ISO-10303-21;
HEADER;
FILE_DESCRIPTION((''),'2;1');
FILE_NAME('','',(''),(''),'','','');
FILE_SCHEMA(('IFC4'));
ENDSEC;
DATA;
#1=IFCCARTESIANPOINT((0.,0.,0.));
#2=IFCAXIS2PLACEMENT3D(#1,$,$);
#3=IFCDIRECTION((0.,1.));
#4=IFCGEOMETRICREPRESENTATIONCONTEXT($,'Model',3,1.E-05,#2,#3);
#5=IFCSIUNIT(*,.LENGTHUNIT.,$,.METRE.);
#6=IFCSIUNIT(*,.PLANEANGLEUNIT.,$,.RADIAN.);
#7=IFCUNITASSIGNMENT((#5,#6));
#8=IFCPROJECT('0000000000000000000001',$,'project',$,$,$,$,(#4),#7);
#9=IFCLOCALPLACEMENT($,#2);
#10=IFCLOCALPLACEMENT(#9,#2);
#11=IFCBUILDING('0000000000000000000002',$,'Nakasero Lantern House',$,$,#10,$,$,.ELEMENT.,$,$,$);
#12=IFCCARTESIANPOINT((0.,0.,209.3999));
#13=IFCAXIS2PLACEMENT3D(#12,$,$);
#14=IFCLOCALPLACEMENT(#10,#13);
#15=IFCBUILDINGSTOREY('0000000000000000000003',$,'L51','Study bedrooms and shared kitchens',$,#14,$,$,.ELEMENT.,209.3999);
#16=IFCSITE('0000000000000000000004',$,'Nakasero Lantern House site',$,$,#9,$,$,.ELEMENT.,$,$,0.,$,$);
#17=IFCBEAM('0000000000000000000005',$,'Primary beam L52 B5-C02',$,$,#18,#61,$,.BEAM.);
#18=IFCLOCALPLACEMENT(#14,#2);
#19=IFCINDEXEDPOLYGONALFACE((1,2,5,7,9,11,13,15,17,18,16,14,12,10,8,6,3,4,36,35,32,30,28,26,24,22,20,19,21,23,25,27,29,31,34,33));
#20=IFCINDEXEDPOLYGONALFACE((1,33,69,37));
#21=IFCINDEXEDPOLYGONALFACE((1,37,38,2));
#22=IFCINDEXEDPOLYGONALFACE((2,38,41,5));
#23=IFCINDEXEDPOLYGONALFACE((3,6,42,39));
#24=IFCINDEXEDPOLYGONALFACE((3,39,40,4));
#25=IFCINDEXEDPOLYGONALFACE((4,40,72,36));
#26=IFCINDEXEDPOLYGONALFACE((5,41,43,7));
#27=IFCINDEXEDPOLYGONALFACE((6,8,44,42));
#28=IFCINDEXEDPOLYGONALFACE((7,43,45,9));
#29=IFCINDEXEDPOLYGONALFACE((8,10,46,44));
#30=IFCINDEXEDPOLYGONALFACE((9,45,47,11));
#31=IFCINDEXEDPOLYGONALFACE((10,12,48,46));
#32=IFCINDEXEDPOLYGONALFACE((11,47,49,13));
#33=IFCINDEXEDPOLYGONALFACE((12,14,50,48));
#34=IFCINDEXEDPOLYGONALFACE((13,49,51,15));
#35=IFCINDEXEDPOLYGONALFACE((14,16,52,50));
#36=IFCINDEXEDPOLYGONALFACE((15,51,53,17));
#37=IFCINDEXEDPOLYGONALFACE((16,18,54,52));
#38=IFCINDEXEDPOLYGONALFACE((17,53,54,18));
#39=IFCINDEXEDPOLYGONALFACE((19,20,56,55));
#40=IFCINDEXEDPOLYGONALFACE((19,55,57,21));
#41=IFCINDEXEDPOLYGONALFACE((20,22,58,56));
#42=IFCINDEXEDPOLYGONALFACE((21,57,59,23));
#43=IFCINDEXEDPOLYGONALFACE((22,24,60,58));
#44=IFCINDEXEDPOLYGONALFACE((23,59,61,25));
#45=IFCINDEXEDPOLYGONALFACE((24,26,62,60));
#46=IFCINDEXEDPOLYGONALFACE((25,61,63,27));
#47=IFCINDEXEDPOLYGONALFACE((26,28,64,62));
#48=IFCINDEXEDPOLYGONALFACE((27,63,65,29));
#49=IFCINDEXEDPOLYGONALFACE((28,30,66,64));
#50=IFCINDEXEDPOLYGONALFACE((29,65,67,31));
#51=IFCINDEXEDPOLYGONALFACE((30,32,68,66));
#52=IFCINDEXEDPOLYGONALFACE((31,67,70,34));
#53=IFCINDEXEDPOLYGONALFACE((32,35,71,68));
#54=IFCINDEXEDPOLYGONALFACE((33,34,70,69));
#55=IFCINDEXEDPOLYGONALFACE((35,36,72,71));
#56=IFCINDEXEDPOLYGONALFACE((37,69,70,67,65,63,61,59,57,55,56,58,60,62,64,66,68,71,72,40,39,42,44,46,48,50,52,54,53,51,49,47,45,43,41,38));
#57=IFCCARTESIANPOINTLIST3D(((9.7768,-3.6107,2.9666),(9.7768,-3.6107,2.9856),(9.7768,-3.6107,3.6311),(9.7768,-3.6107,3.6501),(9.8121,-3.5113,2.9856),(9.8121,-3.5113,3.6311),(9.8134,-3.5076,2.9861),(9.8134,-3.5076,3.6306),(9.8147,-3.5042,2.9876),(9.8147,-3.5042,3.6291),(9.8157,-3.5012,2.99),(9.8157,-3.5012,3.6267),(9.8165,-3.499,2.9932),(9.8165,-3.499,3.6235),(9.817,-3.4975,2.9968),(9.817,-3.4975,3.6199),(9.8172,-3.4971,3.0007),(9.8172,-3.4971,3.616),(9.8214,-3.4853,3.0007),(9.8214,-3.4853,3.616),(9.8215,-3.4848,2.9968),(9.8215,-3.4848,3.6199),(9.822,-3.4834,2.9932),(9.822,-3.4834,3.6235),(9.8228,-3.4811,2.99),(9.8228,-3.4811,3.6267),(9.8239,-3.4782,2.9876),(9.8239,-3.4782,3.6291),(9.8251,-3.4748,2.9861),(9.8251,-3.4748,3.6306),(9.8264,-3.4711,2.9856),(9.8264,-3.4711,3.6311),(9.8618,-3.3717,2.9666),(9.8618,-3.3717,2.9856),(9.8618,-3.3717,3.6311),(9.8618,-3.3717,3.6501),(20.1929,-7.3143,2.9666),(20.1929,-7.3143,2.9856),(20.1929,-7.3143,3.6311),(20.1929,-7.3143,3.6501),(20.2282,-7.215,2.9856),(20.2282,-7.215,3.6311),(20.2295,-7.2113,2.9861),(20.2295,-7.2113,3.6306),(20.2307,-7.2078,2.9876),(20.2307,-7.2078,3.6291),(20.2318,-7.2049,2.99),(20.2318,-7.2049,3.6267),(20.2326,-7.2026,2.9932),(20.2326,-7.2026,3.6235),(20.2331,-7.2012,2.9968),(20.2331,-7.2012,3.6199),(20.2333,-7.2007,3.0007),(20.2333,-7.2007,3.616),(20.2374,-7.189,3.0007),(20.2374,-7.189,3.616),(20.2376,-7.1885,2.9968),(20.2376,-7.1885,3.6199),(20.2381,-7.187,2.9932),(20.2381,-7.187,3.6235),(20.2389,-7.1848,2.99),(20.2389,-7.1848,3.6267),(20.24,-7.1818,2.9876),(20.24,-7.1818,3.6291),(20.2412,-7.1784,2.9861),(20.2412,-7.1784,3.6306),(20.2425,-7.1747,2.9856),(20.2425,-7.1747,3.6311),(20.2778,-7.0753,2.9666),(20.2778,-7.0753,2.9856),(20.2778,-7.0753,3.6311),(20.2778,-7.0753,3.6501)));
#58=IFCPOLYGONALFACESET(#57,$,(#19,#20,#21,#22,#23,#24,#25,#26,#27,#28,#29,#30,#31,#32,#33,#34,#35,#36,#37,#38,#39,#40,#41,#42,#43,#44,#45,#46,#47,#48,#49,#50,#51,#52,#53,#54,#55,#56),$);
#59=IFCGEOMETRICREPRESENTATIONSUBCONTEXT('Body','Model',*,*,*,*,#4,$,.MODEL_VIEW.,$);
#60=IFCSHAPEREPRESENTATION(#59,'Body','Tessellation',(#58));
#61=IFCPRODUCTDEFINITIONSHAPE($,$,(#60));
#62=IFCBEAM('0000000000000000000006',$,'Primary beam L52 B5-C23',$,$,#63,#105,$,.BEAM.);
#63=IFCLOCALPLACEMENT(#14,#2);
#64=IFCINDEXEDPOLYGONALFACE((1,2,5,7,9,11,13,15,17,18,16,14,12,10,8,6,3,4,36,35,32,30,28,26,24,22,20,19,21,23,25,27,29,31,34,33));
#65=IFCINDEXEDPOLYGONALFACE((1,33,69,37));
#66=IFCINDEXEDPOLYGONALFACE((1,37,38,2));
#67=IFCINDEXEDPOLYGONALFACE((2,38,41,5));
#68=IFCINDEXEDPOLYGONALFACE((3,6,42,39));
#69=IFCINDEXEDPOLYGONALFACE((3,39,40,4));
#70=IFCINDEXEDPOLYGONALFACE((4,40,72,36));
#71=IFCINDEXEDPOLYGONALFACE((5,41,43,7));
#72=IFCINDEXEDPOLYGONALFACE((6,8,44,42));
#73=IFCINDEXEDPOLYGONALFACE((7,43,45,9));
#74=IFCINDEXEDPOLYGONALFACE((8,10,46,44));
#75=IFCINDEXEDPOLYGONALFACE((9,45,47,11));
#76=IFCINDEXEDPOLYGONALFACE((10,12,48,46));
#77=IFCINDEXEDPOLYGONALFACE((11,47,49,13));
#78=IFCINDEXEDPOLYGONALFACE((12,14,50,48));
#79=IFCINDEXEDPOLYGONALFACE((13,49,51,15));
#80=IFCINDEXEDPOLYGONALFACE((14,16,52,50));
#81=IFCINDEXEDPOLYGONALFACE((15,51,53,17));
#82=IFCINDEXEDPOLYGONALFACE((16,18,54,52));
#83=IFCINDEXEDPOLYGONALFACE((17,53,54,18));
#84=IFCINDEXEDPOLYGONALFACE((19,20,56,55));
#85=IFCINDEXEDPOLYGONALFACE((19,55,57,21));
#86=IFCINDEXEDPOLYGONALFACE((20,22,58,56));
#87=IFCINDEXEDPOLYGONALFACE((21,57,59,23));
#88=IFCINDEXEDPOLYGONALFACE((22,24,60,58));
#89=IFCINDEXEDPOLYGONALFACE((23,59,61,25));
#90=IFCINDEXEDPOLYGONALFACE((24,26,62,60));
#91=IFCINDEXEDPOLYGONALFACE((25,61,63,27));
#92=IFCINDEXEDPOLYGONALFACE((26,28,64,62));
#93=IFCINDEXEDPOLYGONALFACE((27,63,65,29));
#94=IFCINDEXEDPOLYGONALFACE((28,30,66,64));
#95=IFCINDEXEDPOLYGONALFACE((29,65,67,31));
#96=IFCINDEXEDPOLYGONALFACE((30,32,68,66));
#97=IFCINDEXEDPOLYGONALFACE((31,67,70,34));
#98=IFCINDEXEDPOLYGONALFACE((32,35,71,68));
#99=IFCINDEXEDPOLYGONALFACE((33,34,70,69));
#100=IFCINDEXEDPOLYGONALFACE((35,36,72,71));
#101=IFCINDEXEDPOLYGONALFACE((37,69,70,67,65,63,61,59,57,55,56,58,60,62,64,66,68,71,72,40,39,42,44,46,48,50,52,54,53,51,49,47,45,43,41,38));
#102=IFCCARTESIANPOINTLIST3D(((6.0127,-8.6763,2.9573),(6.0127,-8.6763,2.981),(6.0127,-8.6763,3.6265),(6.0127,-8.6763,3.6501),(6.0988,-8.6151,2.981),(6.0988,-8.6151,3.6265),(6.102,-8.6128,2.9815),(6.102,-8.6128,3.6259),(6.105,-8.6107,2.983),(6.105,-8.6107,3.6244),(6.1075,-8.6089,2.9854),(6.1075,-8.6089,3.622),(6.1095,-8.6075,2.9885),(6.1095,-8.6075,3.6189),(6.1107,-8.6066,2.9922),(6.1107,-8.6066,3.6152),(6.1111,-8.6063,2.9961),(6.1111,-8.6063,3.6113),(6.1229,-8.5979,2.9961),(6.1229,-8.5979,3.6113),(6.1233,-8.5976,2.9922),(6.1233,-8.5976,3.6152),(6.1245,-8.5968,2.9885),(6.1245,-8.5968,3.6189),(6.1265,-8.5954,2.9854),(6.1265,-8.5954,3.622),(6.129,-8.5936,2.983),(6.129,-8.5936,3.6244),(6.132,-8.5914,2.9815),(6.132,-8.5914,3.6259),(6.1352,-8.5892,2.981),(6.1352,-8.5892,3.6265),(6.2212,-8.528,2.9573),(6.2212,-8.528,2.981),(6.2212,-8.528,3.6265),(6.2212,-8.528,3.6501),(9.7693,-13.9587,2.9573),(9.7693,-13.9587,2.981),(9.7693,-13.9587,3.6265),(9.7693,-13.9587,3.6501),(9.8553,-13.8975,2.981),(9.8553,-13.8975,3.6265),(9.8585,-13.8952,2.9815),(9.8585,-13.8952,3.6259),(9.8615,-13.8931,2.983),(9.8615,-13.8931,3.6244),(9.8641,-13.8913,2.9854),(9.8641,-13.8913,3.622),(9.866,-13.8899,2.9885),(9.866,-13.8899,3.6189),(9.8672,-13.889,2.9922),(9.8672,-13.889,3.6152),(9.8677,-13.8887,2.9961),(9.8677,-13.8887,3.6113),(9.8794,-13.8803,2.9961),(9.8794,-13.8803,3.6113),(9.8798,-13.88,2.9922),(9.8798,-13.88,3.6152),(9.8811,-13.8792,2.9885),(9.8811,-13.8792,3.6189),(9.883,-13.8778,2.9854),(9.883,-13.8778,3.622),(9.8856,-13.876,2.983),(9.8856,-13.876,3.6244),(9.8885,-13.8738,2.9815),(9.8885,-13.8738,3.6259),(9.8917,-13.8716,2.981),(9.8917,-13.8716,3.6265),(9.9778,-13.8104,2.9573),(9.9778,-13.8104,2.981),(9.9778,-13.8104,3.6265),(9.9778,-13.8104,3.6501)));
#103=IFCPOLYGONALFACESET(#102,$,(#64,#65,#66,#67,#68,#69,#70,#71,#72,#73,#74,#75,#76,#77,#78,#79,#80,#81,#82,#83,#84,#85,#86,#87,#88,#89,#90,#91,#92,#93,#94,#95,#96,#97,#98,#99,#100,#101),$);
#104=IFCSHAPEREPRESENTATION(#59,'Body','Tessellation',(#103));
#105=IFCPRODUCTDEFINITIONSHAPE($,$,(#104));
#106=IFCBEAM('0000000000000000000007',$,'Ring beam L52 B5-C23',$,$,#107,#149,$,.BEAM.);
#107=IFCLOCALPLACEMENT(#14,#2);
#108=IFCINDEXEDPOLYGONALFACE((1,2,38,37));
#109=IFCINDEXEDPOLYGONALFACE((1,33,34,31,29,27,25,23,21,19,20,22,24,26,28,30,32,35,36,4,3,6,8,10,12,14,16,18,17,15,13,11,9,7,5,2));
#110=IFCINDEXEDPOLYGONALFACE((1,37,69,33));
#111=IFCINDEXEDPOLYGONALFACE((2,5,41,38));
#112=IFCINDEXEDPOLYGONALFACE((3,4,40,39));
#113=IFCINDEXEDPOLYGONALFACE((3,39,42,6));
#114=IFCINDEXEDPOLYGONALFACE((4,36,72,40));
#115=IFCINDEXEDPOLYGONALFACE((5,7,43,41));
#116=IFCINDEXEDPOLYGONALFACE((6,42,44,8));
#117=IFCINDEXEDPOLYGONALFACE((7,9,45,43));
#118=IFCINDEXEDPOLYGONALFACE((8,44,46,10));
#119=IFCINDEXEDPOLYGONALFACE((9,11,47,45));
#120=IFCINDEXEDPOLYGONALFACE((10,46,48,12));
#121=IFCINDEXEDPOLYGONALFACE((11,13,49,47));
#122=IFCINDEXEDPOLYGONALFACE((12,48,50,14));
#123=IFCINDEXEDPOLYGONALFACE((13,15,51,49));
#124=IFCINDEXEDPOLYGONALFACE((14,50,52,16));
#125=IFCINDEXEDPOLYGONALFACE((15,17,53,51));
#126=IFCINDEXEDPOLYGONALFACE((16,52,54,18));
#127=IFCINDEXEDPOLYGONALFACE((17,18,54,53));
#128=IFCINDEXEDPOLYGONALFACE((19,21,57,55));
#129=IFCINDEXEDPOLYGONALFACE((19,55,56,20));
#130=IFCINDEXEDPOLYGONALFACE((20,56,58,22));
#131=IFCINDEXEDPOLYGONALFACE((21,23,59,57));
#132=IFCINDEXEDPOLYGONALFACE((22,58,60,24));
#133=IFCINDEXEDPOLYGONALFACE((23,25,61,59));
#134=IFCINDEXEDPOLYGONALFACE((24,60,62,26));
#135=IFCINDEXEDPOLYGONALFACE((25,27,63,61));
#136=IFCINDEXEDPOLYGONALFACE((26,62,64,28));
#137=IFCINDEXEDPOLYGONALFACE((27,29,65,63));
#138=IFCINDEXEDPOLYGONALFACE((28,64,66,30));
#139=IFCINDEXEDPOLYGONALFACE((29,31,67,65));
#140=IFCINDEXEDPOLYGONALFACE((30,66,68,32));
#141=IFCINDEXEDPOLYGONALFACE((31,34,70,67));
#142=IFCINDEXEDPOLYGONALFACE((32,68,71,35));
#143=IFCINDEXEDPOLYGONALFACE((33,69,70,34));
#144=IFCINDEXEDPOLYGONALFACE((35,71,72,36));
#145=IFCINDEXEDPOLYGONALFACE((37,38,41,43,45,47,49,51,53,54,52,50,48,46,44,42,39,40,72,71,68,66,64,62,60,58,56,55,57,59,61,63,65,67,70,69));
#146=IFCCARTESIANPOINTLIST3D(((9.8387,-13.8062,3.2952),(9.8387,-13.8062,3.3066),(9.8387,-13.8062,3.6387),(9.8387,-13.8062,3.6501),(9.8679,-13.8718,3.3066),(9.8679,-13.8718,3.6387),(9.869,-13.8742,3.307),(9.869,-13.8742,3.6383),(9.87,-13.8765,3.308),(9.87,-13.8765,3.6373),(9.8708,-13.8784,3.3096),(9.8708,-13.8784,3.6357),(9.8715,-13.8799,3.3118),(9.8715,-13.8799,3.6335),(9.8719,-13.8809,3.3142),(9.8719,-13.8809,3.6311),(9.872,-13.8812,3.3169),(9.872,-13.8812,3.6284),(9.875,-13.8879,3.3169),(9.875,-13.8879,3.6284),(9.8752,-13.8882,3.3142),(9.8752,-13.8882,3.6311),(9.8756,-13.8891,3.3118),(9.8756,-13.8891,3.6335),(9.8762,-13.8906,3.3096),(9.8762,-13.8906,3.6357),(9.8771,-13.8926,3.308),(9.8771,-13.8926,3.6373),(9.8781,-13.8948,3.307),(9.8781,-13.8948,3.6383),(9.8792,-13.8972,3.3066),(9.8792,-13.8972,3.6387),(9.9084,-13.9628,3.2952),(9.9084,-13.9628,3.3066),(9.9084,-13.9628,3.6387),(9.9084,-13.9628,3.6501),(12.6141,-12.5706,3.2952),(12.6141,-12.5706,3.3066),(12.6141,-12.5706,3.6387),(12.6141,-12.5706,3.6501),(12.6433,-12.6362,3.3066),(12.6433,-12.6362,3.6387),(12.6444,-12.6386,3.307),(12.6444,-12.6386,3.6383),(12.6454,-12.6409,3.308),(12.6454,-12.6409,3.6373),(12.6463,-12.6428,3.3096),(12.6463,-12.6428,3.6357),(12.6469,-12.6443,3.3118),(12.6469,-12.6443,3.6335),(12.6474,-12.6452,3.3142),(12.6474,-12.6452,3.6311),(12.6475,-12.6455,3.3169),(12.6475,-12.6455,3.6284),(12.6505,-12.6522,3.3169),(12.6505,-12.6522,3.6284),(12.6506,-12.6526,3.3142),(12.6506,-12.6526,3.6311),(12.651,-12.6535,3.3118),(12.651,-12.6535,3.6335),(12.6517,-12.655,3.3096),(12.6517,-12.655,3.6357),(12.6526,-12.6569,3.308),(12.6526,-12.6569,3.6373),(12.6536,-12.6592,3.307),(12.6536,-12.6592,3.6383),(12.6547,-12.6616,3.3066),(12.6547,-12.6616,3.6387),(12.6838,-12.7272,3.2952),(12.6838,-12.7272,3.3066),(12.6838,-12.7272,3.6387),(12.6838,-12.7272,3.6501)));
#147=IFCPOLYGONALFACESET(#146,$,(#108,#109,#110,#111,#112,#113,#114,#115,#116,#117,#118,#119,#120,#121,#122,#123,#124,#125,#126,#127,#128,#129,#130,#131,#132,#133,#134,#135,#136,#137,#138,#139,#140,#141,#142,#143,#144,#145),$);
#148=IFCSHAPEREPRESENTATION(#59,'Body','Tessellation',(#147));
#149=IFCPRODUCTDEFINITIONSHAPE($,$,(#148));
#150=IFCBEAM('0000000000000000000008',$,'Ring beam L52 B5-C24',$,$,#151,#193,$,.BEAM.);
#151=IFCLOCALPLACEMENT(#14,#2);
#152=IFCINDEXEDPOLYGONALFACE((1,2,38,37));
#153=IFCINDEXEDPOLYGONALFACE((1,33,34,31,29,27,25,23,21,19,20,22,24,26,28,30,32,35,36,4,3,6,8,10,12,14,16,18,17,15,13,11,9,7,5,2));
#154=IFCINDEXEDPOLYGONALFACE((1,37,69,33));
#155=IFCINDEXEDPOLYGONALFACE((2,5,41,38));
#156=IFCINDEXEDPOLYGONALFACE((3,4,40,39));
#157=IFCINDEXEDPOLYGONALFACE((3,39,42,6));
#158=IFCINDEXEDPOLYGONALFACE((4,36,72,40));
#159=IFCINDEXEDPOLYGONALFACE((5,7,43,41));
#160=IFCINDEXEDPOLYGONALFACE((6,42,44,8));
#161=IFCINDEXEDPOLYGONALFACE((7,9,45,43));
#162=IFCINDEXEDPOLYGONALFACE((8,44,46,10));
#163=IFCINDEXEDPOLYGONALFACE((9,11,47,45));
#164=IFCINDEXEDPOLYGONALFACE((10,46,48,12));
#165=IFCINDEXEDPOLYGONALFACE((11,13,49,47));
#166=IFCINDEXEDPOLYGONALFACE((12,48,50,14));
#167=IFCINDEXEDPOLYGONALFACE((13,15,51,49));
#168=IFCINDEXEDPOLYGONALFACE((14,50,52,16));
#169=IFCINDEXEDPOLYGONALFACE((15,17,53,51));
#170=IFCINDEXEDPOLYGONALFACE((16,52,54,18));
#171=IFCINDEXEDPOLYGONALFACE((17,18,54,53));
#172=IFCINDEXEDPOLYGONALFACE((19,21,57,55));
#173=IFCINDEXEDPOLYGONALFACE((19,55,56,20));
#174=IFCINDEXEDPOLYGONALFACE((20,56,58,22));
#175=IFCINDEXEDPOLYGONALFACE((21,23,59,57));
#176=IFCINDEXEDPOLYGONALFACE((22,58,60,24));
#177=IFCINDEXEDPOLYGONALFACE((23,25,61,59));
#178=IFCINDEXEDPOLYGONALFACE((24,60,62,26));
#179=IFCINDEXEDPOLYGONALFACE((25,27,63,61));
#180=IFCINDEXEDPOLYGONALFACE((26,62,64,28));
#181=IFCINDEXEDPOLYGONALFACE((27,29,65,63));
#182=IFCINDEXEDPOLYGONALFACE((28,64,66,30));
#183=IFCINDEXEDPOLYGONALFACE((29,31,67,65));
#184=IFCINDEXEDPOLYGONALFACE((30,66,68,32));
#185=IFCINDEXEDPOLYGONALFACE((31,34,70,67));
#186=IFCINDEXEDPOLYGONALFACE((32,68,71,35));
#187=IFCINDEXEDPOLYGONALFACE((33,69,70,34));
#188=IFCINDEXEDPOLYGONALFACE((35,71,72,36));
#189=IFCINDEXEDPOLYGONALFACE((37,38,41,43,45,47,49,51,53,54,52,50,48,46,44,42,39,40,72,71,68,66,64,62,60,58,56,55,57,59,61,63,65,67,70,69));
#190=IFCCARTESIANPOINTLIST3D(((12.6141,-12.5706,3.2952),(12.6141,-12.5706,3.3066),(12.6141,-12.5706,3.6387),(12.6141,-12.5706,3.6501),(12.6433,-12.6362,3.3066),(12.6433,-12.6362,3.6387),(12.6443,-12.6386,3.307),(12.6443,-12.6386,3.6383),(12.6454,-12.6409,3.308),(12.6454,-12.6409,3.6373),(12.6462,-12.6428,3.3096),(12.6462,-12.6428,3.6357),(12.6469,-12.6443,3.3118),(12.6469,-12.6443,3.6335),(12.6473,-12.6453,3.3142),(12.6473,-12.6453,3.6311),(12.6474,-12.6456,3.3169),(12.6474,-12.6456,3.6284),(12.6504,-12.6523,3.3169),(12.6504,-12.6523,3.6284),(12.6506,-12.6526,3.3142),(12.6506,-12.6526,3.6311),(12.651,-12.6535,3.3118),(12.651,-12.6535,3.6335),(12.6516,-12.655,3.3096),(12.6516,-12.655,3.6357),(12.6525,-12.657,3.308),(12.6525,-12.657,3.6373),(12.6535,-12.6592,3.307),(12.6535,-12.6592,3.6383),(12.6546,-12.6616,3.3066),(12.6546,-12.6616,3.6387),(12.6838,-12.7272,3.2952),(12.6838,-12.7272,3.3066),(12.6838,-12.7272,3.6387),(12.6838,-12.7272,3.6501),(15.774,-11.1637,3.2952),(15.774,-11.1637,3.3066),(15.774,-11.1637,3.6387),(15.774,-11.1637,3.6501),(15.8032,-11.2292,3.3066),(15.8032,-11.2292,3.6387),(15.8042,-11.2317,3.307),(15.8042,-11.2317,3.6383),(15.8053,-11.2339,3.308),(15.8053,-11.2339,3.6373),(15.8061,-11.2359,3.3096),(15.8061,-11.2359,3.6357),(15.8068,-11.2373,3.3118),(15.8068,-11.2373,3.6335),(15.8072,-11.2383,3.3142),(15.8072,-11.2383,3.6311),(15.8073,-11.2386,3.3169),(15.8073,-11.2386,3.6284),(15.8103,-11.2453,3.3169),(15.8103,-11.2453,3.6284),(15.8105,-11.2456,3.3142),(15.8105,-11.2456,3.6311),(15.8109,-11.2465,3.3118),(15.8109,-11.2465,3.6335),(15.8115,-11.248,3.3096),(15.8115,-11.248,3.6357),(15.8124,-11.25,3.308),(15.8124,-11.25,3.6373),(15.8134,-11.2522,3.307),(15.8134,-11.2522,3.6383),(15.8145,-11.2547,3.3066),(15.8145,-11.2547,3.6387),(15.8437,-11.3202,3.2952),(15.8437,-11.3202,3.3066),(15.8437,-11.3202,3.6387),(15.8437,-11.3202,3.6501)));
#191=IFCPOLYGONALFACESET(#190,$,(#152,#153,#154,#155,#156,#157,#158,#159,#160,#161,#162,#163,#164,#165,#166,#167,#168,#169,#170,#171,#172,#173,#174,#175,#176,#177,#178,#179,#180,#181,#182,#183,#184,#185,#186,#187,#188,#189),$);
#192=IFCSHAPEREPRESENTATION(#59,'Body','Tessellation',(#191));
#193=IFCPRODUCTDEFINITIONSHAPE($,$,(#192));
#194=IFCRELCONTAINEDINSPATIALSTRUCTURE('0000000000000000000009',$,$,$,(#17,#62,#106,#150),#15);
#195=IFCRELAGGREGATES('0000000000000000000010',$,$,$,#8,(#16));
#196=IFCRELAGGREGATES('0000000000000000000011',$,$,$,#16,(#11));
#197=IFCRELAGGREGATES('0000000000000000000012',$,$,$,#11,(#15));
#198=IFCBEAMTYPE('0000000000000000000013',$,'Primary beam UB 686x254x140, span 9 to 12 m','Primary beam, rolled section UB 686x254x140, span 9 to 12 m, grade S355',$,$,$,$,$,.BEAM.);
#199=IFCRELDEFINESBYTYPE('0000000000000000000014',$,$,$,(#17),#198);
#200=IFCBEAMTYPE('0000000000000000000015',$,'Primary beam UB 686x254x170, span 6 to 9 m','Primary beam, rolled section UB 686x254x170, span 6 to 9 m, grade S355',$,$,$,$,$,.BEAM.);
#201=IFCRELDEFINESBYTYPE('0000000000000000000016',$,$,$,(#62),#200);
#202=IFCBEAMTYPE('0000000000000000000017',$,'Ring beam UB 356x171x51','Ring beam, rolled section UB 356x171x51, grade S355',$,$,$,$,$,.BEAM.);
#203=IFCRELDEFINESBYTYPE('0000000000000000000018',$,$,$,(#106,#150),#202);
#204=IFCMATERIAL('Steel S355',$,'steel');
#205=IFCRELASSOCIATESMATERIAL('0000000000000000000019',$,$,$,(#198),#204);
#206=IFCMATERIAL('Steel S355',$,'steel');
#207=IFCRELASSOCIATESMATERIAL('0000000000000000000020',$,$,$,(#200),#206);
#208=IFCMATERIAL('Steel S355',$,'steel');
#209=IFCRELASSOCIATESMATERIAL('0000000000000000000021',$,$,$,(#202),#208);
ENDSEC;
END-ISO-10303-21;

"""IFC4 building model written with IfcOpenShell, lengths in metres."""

from ifc_helpers import new_model, si_unit, direction, frame, origin, origin_2d, place, context, subcontext, project, spatial, i_section, extrude, material, material_profile, profile_set, type_object, element, save


model = new_model("IFC4")

# Units and contexts
model_context = context("Model", 3, precision=1e-05, world=origin(), true_north=direction((0.0, 1.0)))
body_context = subcontext(model_context, "Body", "Model", "MODEL_VIEW")
ifc_project = project(units=[si_unit("LENGTHUNIT", "METRE"), si_unit("PLANEANGLEUNIT", "RADIAN")], contexts=[model_context])

# Site, building, storey
site_placement = place(None, origin())
site = spatial("IfcSite", under=ifc_project, at=site_placement, Name="Nakasero Lantern House site", CompositionType="ELEMENT", RefElevation=0.0)
building_placement = place(site_placement, origin())
building = spatial("IfcBuilding", under=site, at=building_placement, Name="Nakasero Lantern House", CompositionType="ELEMENT")
storey_placement = place(building_placement, frame((0.0, 0.0, 209.3999)))
storey = spatial("IfcBuildingStorey", under=building, at=storey_placement, Name="L51", Description="Study bedrooms and shared kitchens", CompositionType="ELEMENT", Elevation=209.3999)

# Beams
ifc_material_1 = material(Name="Steel S355", Category="steel")
ifc_material_profile_1 = material_profile(ifc_material_1, i_section(OverallWidth=0.2537, OverallDepth=0.6836, WebThickness=0.0125, FlangeThickness=0.019, FilletRadius=0.0151, at=origin_2d()), Name="UB 686x254x140")
ifc_profile_set_1 = profile_set([ifc_material_profile_1], Name="Steel S355")
beam_type_1 = type_object("IfcBeamType", Name="Primary beam UB 686x254x140, span 9 to 12 m", Description="Primary beam, rolled section UB 686x254x140, span 9 to 12 m, grade S355", PredefinedType="BEAM", material=ifc_profile_set_1)
beam_1_placement = place(storey_placement, frame((20.2354, -7.1948, 3.3083), z_axis=(-0.942211, 0.335021, 0.0), x_axis=(-0.335021, -0.942211, 0.0)))
element("IfcBeam", 1, at=beam_1_placement, inside=storey, type_object=beam_type_1, Name="Primary beam L52 B5-C02", PredefinedType="BEAM", context=body_context, shape_type="SweptSolid", body=[
    extrude(i_section(OverallWidth=0.2537, OverallDepth=0.6836, WebThickness=0.0125, FlangeThickness=0.019, FilletRadius=0.0151, at=origin_2d()), origin(), (0.0, 0.0, 1.0), 11.0549),
])
ifc_material_2 = material(Name="Steel S355", Category="steel")
ifc_material_profile_2 = material_profile(ifc_material_2, i_section(OverallWidth=0.2559, OverallDepth=0.6929, WebThickness=0.0144, FlangeThickness=0.0237, FilletRadius=0.0151, at=origin_2d()), Name="UB 686x254x170")
ifc_profile_set_2 = profile_set([ifc_material_profile_2], Name="Steel S355")
beam_type_2 = type_object("IfcBeamType", Name="Primary beam UB 686x254x170, span 6 to 9 m", Description="Primary beam, rolled section UB 686x254x170, span 6 to 9 m, grade S355", PredefinedType="BEAM", material=ifc_profile_set_2)
beam_2_placement = place(storey_placement, frame((9.8735, -13.8845, 3.3037), z_axis=(-0.579541, 0.814943, 0.0), x_axis=(-0.814943, -0.579541, 0.0)))
element("IfcBeam", 2, at=beam_2_placement, inside=storey, type_object=beam_type_2, Name="Primary beam L52 B5-C23", PredefinedType="BEAM", context=body_context, shape_type="SweptSolid", body=[
    extrude(i_section(OverallWidth=0.2559, OverallDepth=0.6929, WebThickness=0.0144, FlangeThickness=0.0237, FilletRadius=0.0151, at=origin_2d()), origin(), (0.0, 0.0, 1.0), 6.4819),
])
ifc_material_3 = material(Name="Steel S355", Category="steel")
ifc_material_profile_3 = material_profile(ifc_material_3, i_section(OverallWidth=0.1714, OverallDepth=0.355, WebThickness=0.0073, FlangeThickness=0.0115, FilletRadius=0.0103, at=origin_2d()), Name="UB 356x171x51")
ifc_profile_set_3 = profile_set([ifc_material_profile_3], Name="Steel S355")
beam_type_3 = type_object("IfcBeamType", Name="Ring beam UB 356x171x51", Description="Ring beam, rolled section UB 356x171x51, grade S355", PredefinedType="BEAM", material=ifc_profile_set_3)
beam_3_placement = place(storey_placement, frame((9.8735, -13.8845, 3.4727), z_axis=(0.913556, 0.406713, 0.0), x_axis=(-0.406713, 0.913556, 0.0)))
element("IfcBeam", 3, at=beam_3_placement, inside=storey, type_object=beam_type_3, Name="Ring beam L52 B5-C23", PredefinedType="BEAM", context=body_context, shape_type="SweptSolid", body=[
    extrude(i_section(OverallWidth=0.1714, OverallDepth=0.355, WebThickness=0.0073, FlangeThickness=0.0115, FilletRadius=0.0103, at=origin_2d()), origin(), (0.0, 0.0, 1.0), 3.0381),
])
beam_4_placement = place(storey_placement, frame((12.6489, -12.6489, 3.4727), z_axis=(0.913535, 0.406761, 0.0), x_axis=(-0.406761, 0.913535, 0.0)))
element("IfcBeam", 4, at=beam_4_placement, inside=storey, type_object=beam_type_3, Name="Ring beam L52 B5-C24", PredefinedType="BEAM", context=body_context, shape_type="SweptSolid", body=[
    extrude(i_section(OverallWidth=0.1714, OverallDepth=0.355, WebThickness=0.0073, FlangeThickness=0.0115, FilletRadius=0.0103, at=origin_2d()), origin(), (0.0, 0.0, 1.0), 3.459),
])

save(model, "model.ifc")
